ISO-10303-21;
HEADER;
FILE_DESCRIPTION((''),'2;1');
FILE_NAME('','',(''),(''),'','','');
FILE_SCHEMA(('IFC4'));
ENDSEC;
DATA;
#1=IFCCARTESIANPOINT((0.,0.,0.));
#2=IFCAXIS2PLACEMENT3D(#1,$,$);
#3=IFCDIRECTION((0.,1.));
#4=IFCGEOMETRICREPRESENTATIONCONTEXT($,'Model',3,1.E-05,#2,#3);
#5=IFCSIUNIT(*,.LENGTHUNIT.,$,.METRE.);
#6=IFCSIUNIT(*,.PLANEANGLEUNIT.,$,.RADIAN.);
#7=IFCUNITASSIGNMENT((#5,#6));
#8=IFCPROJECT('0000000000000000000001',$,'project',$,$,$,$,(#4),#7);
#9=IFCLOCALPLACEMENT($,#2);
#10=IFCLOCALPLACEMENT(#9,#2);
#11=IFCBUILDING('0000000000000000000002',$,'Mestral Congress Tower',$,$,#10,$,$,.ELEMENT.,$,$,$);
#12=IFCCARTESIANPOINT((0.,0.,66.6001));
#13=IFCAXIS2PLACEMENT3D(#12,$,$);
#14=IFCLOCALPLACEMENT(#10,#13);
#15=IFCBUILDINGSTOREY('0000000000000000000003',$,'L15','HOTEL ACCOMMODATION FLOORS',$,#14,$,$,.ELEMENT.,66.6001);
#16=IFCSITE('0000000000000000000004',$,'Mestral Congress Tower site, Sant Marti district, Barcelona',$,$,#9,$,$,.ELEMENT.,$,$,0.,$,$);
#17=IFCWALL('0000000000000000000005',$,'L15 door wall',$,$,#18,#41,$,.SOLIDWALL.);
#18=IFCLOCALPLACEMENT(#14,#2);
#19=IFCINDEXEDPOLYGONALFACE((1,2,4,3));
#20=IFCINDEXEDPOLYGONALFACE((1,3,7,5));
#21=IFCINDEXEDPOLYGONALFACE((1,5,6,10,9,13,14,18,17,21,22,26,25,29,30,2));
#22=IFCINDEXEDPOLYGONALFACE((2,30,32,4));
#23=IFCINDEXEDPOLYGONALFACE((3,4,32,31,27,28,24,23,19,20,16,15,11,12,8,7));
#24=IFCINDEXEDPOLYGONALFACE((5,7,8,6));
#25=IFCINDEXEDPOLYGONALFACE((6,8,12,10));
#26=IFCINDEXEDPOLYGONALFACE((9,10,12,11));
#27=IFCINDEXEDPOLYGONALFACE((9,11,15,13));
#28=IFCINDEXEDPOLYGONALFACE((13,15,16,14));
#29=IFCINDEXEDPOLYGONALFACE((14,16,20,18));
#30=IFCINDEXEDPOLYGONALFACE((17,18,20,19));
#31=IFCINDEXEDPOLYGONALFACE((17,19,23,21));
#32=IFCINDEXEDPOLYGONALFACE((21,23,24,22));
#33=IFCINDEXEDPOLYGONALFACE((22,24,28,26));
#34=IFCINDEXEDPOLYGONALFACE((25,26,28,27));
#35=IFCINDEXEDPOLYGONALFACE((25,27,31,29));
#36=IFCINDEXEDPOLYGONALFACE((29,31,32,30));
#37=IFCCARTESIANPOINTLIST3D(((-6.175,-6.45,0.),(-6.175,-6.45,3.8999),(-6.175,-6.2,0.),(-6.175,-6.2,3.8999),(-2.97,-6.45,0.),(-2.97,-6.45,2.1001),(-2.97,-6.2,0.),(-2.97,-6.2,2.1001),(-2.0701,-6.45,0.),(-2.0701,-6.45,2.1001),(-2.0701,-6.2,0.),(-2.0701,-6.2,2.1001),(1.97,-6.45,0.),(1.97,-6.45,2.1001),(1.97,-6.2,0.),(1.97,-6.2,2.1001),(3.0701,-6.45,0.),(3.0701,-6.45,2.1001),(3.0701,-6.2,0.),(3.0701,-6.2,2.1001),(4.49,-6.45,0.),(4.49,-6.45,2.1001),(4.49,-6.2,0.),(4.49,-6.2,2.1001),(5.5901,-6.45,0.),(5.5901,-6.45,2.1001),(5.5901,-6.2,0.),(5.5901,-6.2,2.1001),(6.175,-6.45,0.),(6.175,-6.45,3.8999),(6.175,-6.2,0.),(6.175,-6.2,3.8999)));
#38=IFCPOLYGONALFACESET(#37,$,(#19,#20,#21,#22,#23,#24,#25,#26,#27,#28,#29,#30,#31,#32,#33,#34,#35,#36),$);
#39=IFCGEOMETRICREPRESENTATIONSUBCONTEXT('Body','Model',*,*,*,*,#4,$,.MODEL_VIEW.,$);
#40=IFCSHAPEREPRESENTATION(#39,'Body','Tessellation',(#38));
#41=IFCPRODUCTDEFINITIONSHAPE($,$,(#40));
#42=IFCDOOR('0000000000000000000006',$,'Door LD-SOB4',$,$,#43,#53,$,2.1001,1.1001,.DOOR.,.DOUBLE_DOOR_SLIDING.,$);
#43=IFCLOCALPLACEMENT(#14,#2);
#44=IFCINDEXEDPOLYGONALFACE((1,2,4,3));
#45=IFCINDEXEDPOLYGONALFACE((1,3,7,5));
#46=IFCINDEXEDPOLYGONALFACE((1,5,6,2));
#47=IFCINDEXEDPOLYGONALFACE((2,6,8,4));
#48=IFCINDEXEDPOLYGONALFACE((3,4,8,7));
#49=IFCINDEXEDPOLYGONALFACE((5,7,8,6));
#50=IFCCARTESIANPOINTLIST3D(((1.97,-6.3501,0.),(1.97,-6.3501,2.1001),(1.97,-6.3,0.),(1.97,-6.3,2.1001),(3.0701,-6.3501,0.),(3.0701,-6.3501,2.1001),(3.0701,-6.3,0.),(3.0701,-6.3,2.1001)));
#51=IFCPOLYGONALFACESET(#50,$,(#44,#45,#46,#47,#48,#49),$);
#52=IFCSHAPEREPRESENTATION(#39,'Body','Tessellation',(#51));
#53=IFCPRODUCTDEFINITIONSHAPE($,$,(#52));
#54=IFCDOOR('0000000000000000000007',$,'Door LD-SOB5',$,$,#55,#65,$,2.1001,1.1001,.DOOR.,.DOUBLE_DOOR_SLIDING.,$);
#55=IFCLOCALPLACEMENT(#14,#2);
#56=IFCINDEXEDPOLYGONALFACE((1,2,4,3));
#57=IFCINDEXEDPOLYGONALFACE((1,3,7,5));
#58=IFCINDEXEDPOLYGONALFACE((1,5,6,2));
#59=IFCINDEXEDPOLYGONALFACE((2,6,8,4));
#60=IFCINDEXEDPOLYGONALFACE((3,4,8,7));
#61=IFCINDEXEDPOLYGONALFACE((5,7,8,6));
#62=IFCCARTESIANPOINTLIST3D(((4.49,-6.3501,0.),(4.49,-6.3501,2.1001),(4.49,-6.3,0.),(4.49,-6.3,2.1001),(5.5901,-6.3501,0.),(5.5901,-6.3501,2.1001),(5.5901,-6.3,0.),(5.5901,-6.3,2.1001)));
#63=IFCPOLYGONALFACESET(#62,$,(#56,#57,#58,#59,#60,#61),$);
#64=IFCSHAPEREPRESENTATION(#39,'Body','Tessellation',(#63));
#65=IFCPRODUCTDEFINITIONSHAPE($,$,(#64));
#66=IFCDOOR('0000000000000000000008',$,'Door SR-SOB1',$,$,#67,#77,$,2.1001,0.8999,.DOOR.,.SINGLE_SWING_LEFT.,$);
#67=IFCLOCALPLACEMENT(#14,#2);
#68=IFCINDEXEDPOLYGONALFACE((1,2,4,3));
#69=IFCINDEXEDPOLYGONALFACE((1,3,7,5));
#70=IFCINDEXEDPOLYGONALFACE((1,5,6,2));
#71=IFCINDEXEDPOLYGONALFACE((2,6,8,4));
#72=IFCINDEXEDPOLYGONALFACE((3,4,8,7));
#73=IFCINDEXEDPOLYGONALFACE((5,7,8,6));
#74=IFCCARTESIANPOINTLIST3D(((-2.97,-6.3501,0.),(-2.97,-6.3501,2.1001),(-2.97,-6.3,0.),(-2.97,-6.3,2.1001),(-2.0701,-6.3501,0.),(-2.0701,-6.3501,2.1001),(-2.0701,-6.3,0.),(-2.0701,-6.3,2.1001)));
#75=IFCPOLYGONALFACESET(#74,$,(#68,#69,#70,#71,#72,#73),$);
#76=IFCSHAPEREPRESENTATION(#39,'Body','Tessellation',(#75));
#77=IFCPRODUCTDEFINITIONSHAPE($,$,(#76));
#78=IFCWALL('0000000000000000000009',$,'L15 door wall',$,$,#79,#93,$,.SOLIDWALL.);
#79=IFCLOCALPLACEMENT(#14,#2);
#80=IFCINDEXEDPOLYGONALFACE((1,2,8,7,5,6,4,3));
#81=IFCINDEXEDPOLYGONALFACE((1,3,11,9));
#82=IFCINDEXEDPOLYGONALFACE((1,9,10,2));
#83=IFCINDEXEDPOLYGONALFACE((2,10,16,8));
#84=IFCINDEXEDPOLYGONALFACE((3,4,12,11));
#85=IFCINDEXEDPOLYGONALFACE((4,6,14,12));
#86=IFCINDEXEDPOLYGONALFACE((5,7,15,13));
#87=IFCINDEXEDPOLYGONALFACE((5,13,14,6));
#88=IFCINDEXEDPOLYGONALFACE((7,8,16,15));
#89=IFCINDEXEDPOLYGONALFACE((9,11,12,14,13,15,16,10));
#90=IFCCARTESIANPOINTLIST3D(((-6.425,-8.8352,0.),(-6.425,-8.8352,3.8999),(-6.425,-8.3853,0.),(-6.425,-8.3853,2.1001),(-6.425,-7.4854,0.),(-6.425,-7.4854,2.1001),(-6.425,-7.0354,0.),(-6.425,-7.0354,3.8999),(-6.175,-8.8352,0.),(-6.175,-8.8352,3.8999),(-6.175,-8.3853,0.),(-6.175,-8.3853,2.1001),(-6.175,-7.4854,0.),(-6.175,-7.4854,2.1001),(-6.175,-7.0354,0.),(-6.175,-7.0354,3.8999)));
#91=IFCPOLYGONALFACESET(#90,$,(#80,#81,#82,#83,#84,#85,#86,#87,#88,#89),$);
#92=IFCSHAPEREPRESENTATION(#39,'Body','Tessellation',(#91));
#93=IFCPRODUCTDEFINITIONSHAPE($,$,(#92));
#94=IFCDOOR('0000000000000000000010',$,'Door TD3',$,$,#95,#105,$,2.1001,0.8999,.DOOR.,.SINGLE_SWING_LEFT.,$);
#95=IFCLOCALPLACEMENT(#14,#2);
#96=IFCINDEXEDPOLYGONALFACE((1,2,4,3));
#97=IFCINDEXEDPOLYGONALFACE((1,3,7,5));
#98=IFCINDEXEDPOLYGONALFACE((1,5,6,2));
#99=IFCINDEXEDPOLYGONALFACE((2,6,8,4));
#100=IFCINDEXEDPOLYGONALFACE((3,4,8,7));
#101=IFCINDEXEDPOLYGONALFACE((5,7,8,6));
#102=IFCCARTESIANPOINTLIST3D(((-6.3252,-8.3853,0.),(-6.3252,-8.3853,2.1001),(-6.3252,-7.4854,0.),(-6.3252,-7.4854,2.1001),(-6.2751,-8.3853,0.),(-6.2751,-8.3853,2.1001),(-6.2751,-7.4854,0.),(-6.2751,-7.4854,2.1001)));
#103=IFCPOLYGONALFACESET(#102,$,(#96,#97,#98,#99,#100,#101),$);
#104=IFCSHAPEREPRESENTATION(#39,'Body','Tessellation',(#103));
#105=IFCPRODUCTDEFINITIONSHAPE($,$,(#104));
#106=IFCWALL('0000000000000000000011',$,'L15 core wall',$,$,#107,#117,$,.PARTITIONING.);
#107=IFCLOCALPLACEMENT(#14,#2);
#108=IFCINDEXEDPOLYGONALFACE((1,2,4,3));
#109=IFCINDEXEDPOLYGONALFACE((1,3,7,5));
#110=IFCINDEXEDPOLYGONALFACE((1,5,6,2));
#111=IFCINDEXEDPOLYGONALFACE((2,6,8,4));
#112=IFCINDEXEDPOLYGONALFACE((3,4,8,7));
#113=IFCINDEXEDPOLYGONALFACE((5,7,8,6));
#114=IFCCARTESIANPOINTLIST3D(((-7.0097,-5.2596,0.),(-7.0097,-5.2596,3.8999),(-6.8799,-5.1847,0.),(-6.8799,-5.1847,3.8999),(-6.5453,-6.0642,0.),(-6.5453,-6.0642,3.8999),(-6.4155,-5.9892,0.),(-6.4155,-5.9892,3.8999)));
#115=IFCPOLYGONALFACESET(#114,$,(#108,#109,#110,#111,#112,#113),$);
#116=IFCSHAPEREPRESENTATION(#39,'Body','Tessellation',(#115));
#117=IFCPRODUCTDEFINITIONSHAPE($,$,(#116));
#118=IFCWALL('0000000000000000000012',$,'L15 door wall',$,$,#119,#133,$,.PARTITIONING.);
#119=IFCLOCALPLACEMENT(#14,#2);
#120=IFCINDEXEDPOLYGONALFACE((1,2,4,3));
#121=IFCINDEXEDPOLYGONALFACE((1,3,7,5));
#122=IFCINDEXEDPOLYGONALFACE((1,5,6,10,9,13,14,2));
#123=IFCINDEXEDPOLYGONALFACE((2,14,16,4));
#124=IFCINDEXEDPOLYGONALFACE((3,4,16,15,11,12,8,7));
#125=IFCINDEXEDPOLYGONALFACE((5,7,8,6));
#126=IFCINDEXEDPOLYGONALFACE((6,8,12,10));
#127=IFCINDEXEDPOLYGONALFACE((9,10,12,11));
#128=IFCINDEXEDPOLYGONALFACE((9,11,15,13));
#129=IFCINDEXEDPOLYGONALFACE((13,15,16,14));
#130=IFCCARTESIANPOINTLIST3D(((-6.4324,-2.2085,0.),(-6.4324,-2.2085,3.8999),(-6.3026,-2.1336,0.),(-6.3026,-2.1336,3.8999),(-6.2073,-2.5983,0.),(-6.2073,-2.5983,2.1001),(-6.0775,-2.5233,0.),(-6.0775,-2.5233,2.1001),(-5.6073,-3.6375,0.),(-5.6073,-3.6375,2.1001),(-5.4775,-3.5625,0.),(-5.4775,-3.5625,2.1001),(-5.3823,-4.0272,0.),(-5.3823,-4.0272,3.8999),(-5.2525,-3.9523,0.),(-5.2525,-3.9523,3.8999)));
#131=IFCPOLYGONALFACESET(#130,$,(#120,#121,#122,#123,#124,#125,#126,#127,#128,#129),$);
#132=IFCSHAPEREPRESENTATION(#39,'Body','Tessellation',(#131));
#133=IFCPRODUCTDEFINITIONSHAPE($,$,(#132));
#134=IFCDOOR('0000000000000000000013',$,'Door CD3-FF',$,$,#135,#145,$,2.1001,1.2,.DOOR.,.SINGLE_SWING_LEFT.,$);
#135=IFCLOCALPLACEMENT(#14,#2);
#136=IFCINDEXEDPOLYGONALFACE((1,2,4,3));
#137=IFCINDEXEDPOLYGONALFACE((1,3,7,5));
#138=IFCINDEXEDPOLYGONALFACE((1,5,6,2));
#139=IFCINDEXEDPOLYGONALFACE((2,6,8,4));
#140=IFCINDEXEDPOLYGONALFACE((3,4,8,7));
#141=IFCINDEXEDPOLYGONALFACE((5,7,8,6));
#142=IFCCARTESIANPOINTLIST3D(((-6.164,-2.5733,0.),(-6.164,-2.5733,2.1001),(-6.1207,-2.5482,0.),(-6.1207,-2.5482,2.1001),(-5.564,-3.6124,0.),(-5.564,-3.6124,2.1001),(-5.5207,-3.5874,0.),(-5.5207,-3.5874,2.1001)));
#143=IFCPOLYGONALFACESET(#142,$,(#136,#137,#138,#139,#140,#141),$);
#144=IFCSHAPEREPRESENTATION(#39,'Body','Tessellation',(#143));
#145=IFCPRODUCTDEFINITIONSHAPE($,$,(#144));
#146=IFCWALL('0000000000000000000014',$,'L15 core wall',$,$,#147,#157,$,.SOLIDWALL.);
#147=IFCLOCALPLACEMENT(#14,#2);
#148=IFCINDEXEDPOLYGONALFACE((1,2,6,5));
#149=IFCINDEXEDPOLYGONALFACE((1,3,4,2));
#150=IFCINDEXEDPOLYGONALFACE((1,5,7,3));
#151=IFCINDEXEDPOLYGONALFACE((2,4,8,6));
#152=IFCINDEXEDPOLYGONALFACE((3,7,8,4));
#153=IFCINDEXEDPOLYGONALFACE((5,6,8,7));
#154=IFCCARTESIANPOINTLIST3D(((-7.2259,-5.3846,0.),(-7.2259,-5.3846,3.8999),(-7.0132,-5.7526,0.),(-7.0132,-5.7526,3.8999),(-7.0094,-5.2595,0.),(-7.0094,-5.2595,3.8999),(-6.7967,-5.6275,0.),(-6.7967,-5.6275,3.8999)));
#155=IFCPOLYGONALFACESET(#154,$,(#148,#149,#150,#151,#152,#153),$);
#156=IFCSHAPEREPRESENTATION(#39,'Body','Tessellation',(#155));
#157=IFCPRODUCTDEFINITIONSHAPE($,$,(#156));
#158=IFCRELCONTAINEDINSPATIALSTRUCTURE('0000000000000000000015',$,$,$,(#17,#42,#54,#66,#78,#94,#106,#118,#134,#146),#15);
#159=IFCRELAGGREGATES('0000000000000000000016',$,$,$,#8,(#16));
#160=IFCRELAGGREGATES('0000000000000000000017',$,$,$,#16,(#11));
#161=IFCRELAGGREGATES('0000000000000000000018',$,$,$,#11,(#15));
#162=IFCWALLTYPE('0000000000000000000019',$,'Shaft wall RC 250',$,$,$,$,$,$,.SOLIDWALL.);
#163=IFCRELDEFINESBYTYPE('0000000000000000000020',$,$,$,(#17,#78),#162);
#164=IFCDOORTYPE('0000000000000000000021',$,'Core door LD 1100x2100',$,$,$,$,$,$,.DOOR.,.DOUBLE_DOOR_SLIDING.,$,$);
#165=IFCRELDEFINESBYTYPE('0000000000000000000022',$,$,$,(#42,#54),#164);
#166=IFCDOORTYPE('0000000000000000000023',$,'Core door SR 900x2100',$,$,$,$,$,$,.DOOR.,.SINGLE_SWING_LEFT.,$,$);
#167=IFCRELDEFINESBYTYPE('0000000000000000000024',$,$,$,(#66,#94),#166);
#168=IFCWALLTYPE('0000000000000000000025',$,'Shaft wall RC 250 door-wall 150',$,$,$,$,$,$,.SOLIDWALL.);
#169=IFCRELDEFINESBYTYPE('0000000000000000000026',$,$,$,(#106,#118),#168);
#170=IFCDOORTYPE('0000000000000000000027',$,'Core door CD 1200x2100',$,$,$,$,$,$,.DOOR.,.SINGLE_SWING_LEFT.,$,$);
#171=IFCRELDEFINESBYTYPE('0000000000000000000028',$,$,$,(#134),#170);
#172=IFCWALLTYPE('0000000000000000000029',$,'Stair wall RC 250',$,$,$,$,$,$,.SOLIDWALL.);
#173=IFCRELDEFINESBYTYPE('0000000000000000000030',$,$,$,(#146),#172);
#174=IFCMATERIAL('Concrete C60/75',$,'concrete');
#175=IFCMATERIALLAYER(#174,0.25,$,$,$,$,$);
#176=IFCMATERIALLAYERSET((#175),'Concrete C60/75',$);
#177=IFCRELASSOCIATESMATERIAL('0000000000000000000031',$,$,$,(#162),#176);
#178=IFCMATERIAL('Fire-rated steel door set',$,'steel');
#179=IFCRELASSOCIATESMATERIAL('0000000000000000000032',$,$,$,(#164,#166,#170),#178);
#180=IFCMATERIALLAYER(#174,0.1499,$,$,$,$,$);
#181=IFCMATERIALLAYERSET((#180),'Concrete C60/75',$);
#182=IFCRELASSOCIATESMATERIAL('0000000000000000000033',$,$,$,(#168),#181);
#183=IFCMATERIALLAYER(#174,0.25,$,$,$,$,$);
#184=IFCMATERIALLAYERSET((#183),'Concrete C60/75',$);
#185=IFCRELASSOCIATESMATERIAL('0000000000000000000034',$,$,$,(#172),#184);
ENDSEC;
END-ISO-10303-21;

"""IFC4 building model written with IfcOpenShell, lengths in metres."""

from ifc_helpers import new_model, si_unit, direction, frame, frame_2d, origin, place, context, subcontext, project, spatial, rectangle, extrude, material, layer, layer_set, type_object, element, fill, save


model = new_model("IFC4")

# Units and contexts
model_context = context("Model", 3, precision=1e-05, world=origin(), true_north=direction((0.0, 1.0)))
body_context = subcontext(model_context, "Body", "Model", "MODEL_VIEW")
ifc_project = project(units=[si_unit("LENGTHUNIT", "METRE"), si_unit("PLANEANGLEUNIT", "RADIAN")], contexts=[model_context])

# Site, building, storey
site_placement = place(None, origin())
site = spatial("IfcSite", under=ifc_project, at=site_placement, Name="Mestral Congress Tower site, Sant Marti district, Barcelona", CompositionType="ELEMENT", RefElevation=0.0)
building_placement = place(site_placement, origin())
building = spatial("IfcBuilding", under=site, at=building_placement, Name="Mestral Congress Tower", CompositionType="ELEMENT")
storey_placement = place(building_placement, frame((0.0, 0.0, 66.6001)))
storey = spatial("IfcBuildingStorey", under=building, at=storey_placement, Name="L15", Description="HOTEL ACCOMMODATION FLOORS", CompositionType="ELEMENT", Elevation=66.6001)

# Shared definitions
ifc_material_1 = material(Name="Concrete C60/75", Category="concrete")
ifc_layer_1 = layer(ifc_material_1, 0.25)
ifc_layer_set_1 = layer_set([ifc_layer_1], Name="Concrete C60/75")
wall_type_1 = type_object("IfcWallType", Name="Shaft wall RC 250", PredefinedType="SOLIDWALL", material=ifc_layer_set_1)

# Wall, openings, doors
ifc_material_2 = material(Name="Fire-rated steel door set", Category="steel")
door_type_1 = type_object("IfcDoorType", Name="Core door LD 1100x2100", OperationType="DOUBLE_DOOR_SLIDING", PredefinedType="DOOR", material=ifc_material_2)
wall_1_placement = place(storey_placement, frame((-6.175, -6.325, 0.0), z_axis=(0.0, 0.0, 1.0), x_axis=(1.0, 0.0, 0.0)))
wall_1 = element("IfcWall", 1, at=wall_1_placement, inside=storey, type_object=wall_type_1, Name="L15 door wall", PredefinedType="SOLIDWALL", context=body_context, shape_type="SweptSolid", body=[
    extrude(rectangle(XDim=12.3501, YDim=0.25, at=frame_2d((6.175, 0.0))), origin(), (0.0, 0.0, 1.0), 3.8999),
])
opening_1_placement = place(wall_1_placement, frame((3.2051, 0.0, 0.0)))
opening_1 = element("IfcOpeningElement", 2, at=opening_1_placement, cuts=wall_1, PredefinedType="OPENING", context=body_context, shape_type="SweptSolid", body=[
    extrude(rectangle(XDim=0.8999, YDim=2.1001, at=frame_2d((0.45, 1.05))), frame((0.0, 0.135, 0.0), z_axis=(0.0, -1.0, 0.0), x_axis=(1.0, 0.0, 0.0)), (0.0, 0.0, 1.0), 0.27),
])
opening_2_placement = place(wall_1_placement, frame((8.145, 0.0, 0.0)))
opening_2 = element("IfcOpeningElement", 3, at=opening_2_placement, cuts=wall_1, PredefinedType="OPENING", context=body_context, shape_type="SweptSolid", body=[
    extrude(rectangle(XDim=1.1001, YDim=2.1001, at=frame_2d((0.55, 1.05))), frame((0.0, 0.135, 0.0), z_axis=(0.0, -1.0, 0.0), x_axis=(1.0, 0.0, 0.0)), (0.0, 0.0, 1.0), 0.27),
])
opening_3_placement = place(wall_1_placement, frame((10.665, 0.0, 0.0)))
opening_3 = element("IfcOpeningElement", 4, at=opening_3_placement, cuts=wall_1, PredefinedType="OPENING", context=body_context, shape_type="SweptSolid", body=[
    extrude(rectangle(XDim=1.1001, YDim=2.1001, at=frame_2d((0.55, 1.05))), frame((0.0, 0.135, 0.0), z_axis=(0.0, -1.0, 0.0), x_axis=(1.0, 0.0, 0.0)), (0.0, 0.0, 1.0), 0.27),
])
door_1_placement = place(opening_2_placement, origin())
door_1 = element("IfcDoor", 5, at=door_1_placement, inside=storey, type_object=door_type_1, Name="Door LD-SOB4", OperationType="DOUBLE_DOOR_SLIDING", OverallHeight=2.1001, OverallWidth=1.1001, PredefinedType="DOOR", context=body_context, shape_type="SweptSolid", body=[
    extrude(rectangle(XDim=1.1001, YDim=2.1001, at=frame_2d((0.55, 1.05))), frame((0.0, 0.0249, 0.0), z_axis=(0.0, -1.0, 0.0), x_axis=(1.0, 0.0, 0.0)), (0.0, 0.0, 1.0), 0.05),
])
fill(opening_2, door_1)
door_2_placement = place(opening_3_placement, origin())
door_2 = element("IfcDoor", 6, at=door_2_placement, inside=storey, type_object=door_type_1, Name="Door LD-SOB5", OperationType="DOUBLE_DOOR_SLIDING", OverallHeight=2.1001, OverallWidth=1.1001, PredefinedType="DOOR", context=body_context, shape_type="SweptSolid", body=[
    extrude(rectangle(XDim=1.1001, YDim=2.1001, at=frame_2d((0.55, 1.05))), frame((0.0, 0.0249, 0.0), z_axis=(0.0, -1.0, 0.0), x_axis=(1.0, 0.0, 0.0)), (0.0, 0.0, 1.0), 0.05),
])
fill(opening_3, door_2)
door_type_2 = type_object("IfcDoorType", Name="Core door SR 900x2100", OperationType="SINGLE_SWING_LEFT", PredefinedType="DOOR", material=ifc_material_2)
door_3_placement = place(opening_1_placement, origin())
door_3 = element("IfcDoor", 7, at=door_3_placement, inside=storey, type_object=door_type_2, Name="Door SR-SOB1", OperationType="SINGLE_SWING_LEFT", OverallHeight=2.1001, OverallWidth=0.8999, PredefinedType="DOOR", context=body_context, shape_type="SweptSolid", body=[
    extrude(rectangle(XDim=0.8999, YDim=2.1001, at=frame_2d((0.45, 1.05))), frame((0.0, 0.0249, 0.0), z_axis=(0.0, -1.0, 0.0), x_axis=(1.0, 0.0, 0.0)), (0.0, 0.0, 1.0), 0.05),
])
fill(opening_1, door_3)

# Wall, opening, door
wall_2_placement = place(storey_placement, frame((-6.3, -7.0354, 0.0), z_axis=(0.0, 0.0, 1.0), x_axis=(0.0, -1.0, 0.0)))
wall_2 = element("IfcWall", 8, at=wall_2_placement, inside=storey, type_object=wall_type_1, Name="L15 door wall", PredefinedType="SOLIDWALL", context=body_context, shape_type="SweptSolid", body=[
    extrude(rectangle(XDim=1.7998, YDim=0.25, at=frame_2d((0.8999, 0.0))), origin(), (0.0, 0.0, 1.0), 3.8999),
])
opening_4_placement = place(wall_2_placement, frame((0.45, 0.0, 0.0)))
opening_4 = element("IfcOpeningElement", 9, at=opening_4_placement, cuts=wall_2, PredefinedType="OPENING", context=body_context, shape_type="SweptSolid", body=[
    extrude(rectangle(XDim=0.8999, YDim=2.1001, at=frame_2d((0.45, 1.05))), frame((0.0, 0.135, 0.0), z_axis=(0.0, -1.0, 0.0), x_axis=(1.0, 0.0, 0.0)), (0.0, 0.0, 1.0), 0.27),
])
door_4_placement = place(opening_4_placement, origin())
door_4 = element("IfcDoor", 10, at=door_4_placement, inside=storey, type_object=door_type_2, Name="Door TD3", OperationType="SINGLE_SWING_LEFT", OverallHeight=2.1001, OverallWidth=0.8999, PredefinedType="DOOR", context=body_context, shape_type="SweptSolid", body=[
    extrude(rectangle(XDim=0.8999, YDim=2.1001, at=frame_2d((0.45, 1.05))), frame((0.0, 0.0249, 0.0), z_axis=(0.0, -1.0, 0.0), x_axis=(1.0, 0.0, 0.0)), (0.0, 0.0, 1.0), 0.05),
])
fill(opening_4, door_4)

# Wall
ifc_layer_2 = layer(ifc_material_1, 0.1499)
ifc_layer_set_2 = layer_set([ifc_layer_2], Name="Concrete C60/75")
wall_type_2 = type_object("IfcWallType", Name="Shaft wall RC 250 door-wall 150", PredefinedType="SOLIDWALL", material=ifc_layer_set_2)
wall_3_placement = place(storey_placement, frame((-6.4805, -6.0266, 0.0), z_axis=(0.0, 0.0, 1.0), x_axis=(-0.499927, 0.866067, 0.0)))
element("IfcWall", 11, at=wall_3_placement, inside=storey, type_object=wall_type_2, Name="L15 core wall", PredefinedType="PARTITIONING", context=body_context, shape_type="SweptSolid", body=[
    extrude(rectangle(XDim=0.929, YDim=0.1499, at=frame_2d((0.4644, 0.0))), origin(), (0.0, 0.0, 1.0), 3.8999),
])

# Wall, opening, door
wall_4_placement = place(storey_placement, frame((-5.3174, -3.9897, 0.0), z_axis=(0.0, 0.0, 1.0), x_axis=(-0.500028, 0.866009, 0.0)))
wall_4 = element("IfcWall", 12, at=wall_4_placement, inside=storey, type_object=wall_type_2, Name="L15 door wall", PredefinedType="PARTITIONING", context=body_context, shape_type="SweptSolid", body=[
    extrude(rectangle(XDim=2.1001, YDim=0.1499, at=frame_2d((1.05, 0.0))), origin(), (0.0, 0.0, 1.0), 3.8999),
])
opening_5_placement = place(wall_4_placement, frame((0.45, 0.0, 0.0)))
opening_5 = element("IfcOpeningElement", 13, at=opening_5_placement, cuts=wall_4, PredefinedType="OPENING", context=body_context, shape_type="SweptSolid", body=[
    extrude(rectangle(XDim=1.2, YDim=2.1001, at=frame_2d((0.6001, 1.05))), frame((0.0, 0.085, 0.0), z_axis=(0.0, -1.0, 0.0), x_axis=(1.0, 0.0, 0.0)), (0.0, 0.0, 1.0), 0.1699),
])
door_type_3 = type_object("IfcDoorType", Name="Core door CD 1200x2100", OperationType="SINGLE_SWING_LEFT", PredefinedType="DOOR", material=ifc_material_2)
door_5_placement = place(opening_5_placement, origin())
door_5 = element("IfcDoor", 14, at=door_5_placement, inside=storey, type_object=door_type_3, Name="Door CD3-FF", OperationType="SINGLE_SWING_LEFT", OverallHeight=2.1001, OverallWidth=1.2, PredefinedType="DOOR", context=body_context, shape_type="SweptSolid", body=[
    extrude(rectangle(XDim=1.2, YDim=2.1001, at=frame_2d((0.6001, 1.05))), frame((0.0, 0.0249, 0.0), z_axis=(0.0, -1.0, 0.0), x_axis=(1.0, 0.0, 0.0)), (0.0, 0.0, 1.0), 0.05),
])
fill(opening_5, door_5)

# Wall
ifc_layer_3 = layer(ifc_material_1, 0.25)
ifc_layer_set_3 = layer_set([ifc_layer_3], Name="Concrete C60/75")
wall_type_3 = type_object("IfcWallType", Name="Stair wall RC 250", PredefinedType="SOLIDWALL", material=ifc_layer_set_3)
wall_5_placement = place(storey_placement, frame((-6.905, -5.6899, 0.0), z_axis=(0.0, 0.0, 1.0), x_axis=(-0.500402, 0.865793, 0.0)))
element("IfcWall", 15, at=wall_5_placement, inside=storey, type_object=wall_type_3, Name="L15 core wall", PredefinedType="SOLIDWALL", context=body_context, shape_type="SweptSolid", body=[
    extrude(rectangle(XDim=0.425, YDim=0.25, at=frame_2d((0.2124, 0.0))), origin(), (0.0, 0.0, 1.0), 3.8999),
])

save(model, "model.ifc")
